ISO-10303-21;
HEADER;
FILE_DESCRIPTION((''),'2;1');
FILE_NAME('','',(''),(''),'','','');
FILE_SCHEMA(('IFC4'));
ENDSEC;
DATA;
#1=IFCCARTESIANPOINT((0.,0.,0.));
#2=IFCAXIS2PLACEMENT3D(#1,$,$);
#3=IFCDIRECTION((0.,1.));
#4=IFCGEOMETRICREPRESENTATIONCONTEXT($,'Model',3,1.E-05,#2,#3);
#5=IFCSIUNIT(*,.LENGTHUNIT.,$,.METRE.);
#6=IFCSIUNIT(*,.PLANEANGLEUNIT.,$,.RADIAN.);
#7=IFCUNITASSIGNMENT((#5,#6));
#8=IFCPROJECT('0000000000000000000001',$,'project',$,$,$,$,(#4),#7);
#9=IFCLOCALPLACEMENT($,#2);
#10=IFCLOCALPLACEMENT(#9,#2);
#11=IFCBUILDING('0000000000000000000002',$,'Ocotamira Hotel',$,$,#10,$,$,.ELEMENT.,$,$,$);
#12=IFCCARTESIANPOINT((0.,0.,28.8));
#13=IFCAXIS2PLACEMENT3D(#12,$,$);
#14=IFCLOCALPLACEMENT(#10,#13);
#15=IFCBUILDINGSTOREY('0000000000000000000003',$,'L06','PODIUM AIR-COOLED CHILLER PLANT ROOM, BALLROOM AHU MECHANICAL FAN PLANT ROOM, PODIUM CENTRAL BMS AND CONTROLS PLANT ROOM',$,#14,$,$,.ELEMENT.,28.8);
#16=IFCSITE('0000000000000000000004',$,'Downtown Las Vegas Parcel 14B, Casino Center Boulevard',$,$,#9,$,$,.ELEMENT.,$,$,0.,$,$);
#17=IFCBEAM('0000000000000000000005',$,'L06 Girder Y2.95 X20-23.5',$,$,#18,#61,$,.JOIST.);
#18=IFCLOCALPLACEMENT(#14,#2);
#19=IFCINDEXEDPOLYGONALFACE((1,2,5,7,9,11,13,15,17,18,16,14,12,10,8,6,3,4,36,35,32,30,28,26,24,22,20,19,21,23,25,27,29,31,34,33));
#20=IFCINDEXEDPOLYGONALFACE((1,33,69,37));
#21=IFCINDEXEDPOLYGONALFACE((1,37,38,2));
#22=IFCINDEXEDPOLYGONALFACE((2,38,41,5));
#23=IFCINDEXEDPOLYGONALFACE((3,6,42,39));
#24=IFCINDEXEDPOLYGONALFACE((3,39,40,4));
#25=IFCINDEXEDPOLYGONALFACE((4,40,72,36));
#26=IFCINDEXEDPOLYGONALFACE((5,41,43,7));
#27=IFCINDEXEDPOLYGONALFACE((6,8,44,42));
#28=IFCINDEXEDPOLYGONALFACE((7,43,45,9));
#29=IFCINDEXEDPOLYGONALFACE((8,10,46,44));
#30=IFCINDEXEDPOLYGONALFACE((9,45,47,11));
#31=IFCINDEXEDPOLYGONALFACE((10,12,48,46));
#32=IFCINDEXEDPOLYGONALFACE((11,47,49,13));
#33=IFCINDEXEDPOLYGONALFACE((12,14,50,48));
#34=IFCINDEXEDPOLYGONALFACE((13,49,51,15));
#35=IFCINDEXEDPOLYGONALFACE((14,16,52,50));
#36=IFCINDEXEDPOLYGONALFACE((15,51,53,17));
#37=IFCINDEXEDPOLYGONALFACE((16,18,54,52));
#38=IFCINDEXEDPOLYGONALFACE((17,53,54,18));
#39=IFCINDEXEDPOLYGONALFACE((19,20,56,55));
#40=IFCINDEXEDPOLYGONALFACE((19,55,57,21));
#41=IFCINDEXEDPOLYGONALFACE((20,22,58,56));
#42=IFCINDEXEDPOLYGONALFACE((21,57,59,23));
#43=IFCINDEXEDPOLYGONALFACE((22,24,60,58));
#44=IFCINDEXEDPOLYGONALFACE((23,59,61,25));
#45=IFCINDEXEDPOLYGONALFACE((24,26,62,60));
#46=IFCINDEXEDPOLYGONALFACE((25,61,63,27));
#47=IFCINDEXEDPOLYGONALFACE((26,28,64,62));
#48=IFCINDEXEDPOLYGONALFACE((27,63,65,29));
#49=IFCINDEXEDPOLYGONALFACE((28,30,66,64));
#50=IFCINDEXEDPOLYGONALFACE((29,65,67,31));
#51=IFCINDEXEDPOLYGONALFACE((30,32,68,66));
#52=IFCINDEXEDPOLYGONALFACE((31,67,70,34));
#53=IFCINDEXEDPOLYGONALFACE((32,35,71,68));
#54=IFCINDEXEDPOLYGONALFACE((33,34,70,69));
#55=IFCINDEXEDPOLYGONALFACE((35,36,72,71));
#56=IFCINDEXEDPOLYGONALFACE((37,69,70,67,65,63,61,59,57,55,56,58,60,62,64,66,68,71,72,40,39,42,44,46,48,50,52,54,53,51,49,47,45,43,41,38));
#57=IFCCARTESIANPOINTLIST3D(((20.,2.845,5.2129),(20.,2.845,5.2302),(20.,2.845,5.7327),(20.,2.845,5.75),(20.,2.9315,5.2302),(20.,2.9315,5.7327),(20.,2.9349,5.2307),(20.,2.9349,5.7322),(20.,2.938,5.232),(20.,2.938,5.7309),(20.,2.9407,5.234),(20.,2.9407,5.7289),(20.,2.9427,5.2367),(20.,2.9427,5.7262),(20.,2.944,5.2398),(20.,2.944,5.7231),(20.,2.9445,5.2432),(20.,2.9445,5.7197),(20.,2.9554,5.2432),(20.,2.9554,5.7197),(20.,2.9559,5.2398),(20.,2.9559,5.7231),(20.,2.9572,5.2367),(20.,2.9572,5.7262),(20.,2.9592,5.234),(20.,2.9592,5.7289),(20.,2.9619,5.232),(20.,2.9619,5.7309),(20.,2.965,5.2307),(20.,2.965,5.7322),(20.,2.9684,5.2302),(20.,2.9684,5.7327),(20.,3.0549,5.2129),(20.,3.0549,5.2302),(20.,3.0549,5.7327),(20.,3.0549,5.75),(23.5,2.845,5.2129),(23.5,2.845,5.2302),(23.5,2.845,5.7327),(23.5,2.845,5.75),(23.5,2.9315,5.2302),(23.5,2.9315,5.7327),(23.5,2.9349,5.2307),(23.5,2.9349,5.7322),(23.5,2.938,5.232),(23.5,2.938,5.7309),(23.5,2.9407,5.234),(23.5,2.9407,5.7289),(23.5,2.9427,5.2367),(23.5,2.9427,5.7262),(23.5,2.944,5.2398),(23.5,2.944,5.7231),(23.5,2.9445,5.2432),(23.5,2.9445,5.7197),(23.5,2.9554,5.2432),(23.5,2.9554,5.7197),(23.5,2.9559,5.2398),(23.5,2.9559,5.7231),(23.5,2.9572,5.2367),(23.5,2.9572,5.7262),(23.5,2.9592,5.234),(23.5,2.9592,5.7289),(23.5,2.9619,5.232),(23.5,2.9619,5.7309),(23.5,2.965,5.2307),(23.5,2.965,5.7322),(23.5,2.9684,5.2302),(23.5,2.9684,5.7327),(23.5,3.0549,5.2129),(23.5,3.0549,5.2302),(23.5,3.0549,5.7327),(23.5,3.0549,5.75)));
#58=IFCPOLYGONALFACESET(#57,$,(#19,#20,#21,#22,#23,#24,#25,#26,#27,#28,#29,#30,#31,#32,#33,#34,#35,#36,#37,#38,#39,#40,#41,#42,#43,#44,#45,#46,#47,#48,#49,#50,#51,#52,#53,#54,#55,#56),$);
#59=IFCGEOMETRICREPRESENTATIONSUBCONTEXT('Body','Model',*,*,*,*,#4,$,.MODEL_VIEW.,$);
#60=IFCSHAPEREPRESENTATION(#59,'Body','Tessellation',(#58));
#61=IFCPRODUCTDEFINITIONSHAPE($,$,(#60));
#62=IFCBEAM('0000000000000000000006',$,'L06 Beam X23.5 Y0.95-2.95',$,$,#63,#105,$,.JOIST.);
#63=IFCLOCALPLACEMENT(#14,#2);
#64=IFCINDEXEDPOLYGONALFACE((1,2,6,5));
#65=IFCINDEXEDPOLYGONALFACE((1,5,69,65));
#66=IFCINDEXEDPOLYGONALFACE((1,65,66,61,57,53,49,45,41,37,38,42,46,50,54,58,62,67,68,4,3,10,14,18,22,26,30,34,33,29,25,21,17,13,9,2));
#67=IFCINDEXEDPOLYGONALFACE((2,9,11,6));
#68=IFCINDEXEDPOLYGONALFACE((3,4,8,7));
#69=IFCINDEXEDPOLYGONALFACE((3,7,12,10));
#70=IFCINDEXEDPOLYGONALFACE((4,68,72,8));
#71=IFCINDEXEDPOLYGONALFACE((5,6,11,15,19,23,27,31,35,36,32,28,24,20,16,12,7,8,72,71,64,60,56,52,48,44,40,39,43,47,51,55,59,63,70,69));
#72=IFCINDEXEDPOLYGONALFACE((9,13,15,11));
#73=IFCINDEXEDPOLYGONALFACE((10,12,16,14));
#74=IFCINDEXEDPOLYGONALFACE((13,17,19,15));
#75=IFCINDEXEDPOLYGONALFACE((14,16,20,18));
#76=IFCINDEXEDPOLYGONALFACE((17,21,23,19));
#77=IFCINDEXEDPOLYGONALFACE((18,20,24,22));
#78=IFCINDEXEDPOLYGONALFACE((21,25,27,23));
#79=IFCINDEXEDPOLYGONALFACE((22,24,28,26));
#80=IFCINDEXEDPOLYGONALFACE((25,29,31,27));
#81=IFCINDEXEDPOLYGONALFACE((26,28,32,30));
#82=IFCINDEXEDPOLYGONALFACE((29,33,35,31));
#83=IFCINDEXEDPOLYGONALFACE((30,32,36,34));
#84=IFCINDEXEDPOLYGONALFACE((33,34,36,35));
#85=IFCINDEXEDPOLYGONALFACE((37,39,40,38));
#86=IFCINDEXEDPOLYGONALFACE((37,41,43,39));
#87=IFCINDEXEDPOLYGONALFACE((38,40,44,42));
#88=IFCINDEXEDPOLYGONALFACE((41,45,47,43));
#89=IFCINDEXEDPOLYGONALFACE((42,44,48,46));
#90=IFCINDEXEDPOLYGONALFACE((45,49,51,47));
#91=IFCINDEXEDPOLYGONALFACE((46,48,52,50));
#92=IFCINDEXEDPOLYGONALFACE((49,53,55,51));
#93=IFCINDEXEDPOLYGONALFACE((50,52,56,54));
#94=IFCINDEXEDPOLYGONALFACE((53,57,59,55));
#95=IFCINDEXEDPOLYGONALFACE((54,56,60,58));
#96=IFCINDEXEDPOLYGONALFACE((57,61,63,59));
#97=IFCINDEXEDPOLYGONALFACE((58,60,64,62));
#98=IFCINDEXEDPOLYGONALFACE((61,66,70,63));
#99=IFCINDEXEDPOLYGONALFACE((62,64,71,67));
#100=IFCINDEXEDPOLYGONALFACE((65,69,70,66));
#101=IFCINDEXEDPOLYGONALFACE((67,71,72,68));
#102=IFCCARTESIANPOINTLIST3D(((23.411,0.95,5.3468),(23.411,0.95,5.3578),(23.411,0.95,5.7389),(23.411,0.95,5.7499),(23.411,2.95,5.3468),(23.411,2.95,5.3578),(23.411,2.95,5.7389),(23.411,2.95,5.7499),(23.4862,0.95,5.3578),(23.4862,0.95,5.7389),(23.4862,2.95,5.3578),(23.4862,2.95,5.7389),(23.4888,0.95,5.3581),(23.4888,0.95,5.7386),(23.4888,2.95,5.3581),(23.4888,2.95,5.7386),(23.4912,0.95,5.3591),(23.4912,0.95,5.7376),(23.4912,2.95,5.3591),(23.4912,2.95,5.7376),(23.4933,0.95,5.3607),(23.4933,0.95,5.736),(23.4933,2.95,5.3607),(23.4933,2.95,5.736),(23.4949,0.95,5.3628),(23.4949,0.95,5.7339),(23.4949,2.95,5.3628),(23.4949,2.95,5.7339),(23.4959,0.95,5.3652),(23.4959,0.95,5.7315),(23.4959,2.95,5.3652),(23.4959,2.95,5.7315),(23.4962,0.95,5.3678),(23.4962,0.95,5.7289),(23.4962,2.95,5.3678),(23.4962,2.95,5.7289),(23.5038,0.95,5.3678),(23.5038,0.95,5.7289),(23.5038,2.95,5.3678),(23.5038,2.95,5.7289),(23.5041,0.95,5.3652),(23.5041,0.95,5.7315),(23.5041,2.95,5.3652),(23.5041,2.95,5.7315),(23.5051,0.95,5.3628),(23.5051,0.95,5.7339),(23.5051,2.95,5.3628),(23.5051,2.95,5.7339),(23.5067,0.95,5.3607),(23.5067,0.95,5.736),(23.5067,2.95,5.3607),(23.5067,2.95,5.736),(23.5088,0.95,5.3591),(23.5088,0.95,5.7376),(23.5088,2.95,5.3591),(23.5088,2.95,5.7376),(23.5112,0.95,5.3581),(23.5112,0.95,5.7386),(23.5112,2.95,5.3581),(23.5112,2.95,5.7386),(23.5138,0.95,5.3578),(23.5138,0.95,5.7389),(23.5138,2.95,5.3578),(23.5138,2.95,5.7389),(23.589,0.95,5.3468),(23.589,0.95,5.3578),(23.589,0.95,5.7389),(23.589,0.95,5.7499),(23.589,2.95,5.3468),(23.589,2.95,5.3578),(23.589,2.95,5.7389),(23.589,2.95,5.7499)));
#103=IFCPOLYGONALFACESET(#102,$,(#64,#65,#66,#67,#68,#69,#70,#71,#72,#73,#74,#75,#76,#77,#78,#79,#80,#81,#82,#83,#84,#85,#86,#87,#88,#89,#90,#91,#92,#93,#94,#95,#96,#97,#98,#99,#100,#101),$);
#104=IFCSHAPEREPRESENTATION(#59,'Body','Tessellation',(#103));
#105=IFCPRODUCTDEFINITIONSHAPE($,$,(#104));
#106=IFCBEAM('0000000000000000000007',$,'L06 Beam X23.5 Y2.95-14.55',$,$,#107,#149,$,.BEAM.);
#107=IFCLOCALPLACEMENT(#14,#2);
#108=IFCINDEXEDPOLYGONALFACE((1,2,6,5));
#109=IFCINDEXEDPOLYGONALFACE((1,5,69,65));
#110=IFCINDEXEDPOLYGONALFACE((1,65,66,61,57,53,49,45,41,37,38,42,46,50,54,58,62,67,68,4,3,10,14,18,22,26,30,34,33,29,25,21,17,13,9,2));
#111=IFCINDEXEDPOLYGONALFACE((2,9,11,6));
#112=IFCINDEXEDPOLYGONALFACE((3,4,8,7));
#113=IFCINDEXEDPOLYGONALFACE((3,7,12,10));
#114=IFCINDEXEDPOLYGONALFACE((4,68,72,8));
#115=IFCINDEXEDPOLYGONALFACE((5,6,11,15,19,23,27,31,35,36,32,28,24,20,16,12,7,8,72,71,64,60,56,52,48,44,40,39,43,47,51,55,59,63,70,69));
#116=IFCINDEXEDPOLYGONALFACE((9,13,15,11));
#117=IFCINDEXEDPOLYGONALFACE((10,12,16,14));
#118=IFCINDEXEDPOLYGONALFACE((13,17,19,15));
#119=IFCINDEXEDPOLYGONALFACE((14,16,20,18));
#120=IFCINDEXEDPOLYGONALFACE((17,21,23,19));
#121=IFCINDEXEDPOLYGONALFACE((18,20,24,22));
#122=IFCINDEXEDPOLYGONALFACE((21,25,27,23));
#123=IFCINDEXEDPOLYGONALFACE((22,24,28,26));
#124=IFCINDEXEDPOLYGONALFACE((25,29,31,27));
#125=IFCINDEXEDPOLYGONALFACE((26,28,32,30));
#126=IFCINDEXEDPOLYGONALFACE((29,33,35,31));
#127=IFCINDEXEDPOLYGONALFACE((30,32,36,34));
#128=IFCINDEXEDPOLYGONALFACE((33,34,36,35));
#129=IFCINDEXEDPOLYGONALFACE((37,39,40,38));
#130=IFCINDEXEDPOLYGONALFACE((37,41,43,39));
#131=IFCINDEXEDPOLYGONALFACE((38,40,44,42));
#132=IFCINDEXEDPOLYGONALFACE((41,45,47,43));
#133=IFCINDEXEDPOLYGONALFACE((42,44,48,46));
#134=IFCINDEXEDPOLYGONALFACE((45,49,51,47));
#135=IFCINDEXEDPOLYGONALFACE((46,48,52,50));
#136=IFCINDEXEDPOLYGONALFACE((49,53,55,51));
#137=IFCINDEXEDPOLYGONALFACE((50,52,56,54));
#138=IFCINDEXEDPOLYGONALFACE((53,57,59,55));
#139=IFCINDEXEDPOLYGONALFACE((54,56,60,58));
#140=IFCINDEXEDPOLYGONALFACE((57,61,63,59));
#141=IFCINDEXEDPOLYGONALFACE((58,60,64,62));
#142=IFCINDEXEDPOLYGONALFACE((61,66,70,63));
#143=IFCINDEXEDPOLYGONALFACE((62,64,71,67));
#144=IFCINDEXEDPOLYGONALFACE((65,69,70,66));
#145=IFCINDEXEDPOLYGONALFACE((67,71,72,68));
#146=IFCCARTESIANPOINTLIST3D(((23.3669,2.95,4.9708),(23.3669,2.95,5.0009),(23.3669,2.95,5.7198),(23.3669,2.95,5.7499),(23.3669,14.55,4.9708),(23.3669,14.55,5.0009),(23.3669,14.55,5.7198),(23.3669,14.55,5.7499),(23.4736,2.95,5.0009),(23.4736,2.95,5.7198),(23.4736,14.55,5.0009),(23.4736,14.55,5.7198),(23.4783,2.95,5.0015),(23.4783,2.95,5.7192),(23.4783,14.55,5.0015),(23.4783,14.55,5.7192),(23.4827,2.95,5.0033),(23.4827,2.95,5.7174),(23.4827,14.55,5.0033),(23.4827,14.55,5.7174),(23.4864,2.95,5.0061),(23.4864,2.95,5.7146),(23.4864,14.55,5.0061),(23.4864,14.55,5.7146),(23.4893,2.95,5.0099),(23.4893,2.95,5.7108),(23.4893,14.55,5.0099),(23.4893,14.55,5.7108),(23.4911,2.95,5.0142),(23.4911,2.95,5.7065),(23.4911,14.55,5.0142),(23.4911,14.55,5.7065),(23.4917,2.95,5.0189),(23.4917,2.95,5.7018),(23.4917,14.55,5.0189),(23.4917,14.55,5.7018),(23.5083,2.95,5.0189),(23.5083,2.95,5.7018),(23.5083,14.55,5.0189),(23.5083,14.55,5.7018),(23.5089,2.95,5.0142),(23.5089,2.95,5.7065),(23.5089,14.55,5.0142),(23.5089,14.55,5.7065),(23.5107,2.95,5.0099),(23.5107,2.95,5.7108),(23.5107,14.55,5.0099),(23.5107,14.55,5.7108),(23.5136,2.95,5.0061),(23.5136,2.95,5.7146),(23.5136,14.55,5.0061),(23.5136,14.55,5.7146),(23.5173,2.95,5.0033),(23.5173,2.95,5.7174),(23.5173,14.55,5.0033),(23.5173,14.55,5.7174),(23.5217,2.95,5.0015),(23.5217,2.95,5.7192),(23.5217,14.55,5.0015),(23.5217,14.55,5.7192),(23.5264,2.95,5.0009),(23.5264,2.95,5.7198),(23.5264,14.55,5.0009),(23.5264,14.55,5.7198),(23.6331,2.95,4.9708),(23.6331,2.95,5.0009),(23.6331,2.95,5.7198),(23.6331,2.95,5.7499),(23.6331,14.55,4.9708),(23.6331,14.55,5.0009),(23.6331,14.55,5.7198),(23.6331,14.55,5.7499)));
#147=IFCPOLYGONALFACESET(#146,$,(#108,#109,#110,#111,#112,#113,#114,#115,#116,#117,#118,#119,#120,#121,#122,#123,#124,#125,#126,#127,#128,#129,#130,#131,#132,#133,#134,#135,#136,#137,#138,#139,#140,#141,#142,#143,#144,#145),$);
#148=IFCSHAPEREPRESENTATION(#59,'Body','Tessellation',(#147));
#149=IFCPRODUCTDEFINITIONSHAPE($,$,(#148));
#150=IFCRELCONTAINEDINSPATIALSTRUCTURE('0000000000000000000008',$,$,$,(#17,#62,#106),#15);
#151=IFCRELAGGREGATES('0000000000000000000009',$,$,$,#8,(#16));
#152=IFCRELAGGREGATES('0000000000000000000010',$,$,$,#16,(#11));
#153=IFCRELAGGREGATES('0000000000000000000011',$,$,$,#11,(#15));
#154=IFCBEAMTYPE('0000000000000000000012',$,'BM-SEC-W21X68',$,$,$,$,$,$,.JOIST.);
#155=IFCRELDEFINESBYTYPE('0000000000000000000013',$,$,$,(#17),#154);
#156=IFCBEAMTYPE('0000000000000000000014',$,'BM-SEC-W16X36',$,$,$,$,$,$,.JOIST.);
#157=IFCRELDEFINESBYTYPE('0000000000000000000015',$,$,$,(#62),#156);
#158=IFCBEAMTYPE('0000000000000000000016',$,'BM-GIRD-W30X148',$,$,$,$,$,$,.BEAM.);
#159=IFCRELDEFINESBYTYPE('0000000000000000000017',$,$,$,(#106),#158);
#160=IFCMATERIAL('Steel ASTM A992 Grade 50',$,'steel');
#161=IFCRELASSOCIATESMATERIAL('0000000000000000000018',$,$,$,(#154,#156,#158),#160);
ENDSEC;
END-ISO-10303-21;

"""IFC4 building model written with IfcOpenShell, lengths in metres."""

from ifc_helpers import new_model, si_unit, direction, frame, origin, origin_2d, place, context, subcontext, project, spatial, i_section, extrude, source, transform, mapped, material, material_profile, profile_set, type_object, element, save


model = new_model("IFC4")

# Units and contexts
model_context = context("Model", 3, precision=1e-05, world=origin(), true_north=direction((0.0, 1.0)))
body_context = subcontext(model_context, "Body", "Model", "MODEL_VIEW")
ifc_project = project(units=[si_unit("LENGTHUNIT", "METRE"), si_unit("PLANEANGLEUNIT", "RADIAN")], contexts=[model_context])

# Site, building, storey
site_placement = place(None, origin())
site = spatial("IfcSite", under=ifc_project, at=site_placement, Name="Downtown Las Vegas Parcel 14B, Casino Center Boulevard", CompositionType="ELEMENT", RefElevation=0.0)
building_placement = place(site_placement, origin())
building = spatial("IfcBuilding", under=site, at=building_placement, Name="Ocotamira Hotel", CompositionType="ELEMENT")
storey_placement = place(building_placement, frame((0.0, 0.0, 28.8)))
storey = spatial("IfcBuildingStorey", under=building, at=storey_placement, Name="L06", Description="PODIUM AIR-COOLED CHILLER PLANT ROOM, BALLROOM AHU MECHANICAL FAN PLANT ROOM, PODIUM CENTRAL BMS AND CONTROLS PLANT ROOM", CompositionType="ELEMENT", Elevation=28.8)

# Beams
ifc_material_1 = material(Name="Steel ASTM A992 Grade 50", Category="steel")
ifc_material_profile_1 = material_profile(ifc_material_1, i_section(OverallWidth=0.21, OverallDepth=0.5371, WebThickness=0.011, FlangeThickness=0.0173, FilletRadius=0.0129, at=origin_2d()), Name="W21X68")
ifc_profile_set_1 = profile_set([ifc_material_profile_1], Name="Steel ASTM A992 Grade 50")
beam_type_1 = type_object("IfcBeamType", Name="BM-SEC-W21X68", PredefinedType="JOIST", material=ifc_profile_set_1)
shared_shape_1 = source(origin(), body_context, "Body", "SweptSolid", [
    extrude(i_section(OverallWidth=0.21, OverallDepth=0.5371, WebThickness=0.011, FlangeThickness=0.0173, FilletRadius=0.0129, at=origin_2d()), origin(), (0.0, 0.0, 1.0), 3.5),
])
beam_1_placement = place(storey_placement, frame((20.0, 2.95, 5.4814), z_axis=(1.0, 0.0, 0.0), x_axis=(0.0, 1.0, 0.0)))
element("IfcBeam", 1, at=beam_1_placement, inside=storey, type_object=beam_type_1, Name="L06 Girder Y2.95 X20-23.5", PredefinedType="JOIST", context=body_context, shape_type="MappedRepresentation", body=[
    mapped(shared_shape_1, transform((0.0, 0.0, 0.0), scale=1.0)),
])
ifc_material_profile_2 = material_profile(ifc_material_1, i_section(OverallWidth=0.178, OverallDepth=0.4031, WebThickness=0.0076, FlangeThickness=0.011, FilletRadius=0.01, at=origin_2d()), Name="W16X36")
ifc_profile_set_2 = profile_set([ifc_material_profile_2], Name="Steel ASTM A992 Grade 50")
beam_type_2 = type_object("IfcBeamType", Name="BM-SEC-W16X36", PredefinedType="JOIST", material=ifc_profile_set_2)
shared_shape_2 = source(origin(), body_context, "Body", "SweptSolid", [
    extrude(i_section(OverallWidth=0.178, OverallDepth=0.4031, WebThickness=0.0076, FlangeThickness=0.011, FilletRadius=0.01, at=origin_2d()), origin(), (0.0, 0.0, 1.0), 2.0),
])
beam_2_placement = place(storey_placement, frame((23.5, 0.95, 5.5483), z_axis=(0.0, 1.0, 0.0), x_axis=(-1.0, 0.0, 0.0)))
element("IfcBeam", 2, at=beam_2_placement, inside=storey, type_object=beam_type_2, Name="L06 Beam X23.5 Y0.95-2.95", PredefinedType="JOIST", context=body_context, shape_type="MappedRepresentation", body=[
    mapped(shared_shape_2, transform((0.0, 0.0, 0.0), scale=1.0)),
])
ifc_material_profile_3 = material_profile(ifc_material_1, i_section(OverallWidth=0.2661, OverallDepth=0.7791, WebThickness=0.0166, FlangeThickness=0.03, FilletRadius=0.0181, at=origin_2d()), Name="W30X148")
ifc_profile_set_3 = profile_set([ifc_material_profile_3], Name="Steel ASTM A992 Grade 50")
beam_type_3 = type_object("IfcBeamType", Name="BM-GIRD-W30X148", PredefinedType="BEAM", material=ifc_profile_set_3)
shared_shape_3 = source(origin(), body_context, "Body", "SweptSolid", [
    extrude(i_section(OverallWidth=0.2661, OverallDepth=0.7791, WebThickness=0.0166, FlangeThickness=0.03, FilletRadius=0.0181, at=origin_2d()), origin(), (0.0, 0.0, 1.0), 11.6001),
])
beam_3_placement = place(storey_placement, frame((23.5, 2.95, 5.3604), z_axis=(0.0, 1.0, 0.0), x_axis=(-1.0, 0.0, 0.0)))
element("IfcBeam", 3, at=beam_3_placement, inside=storey, type_object=beam_type_3, Name="L06 Beam X23.5 Y2.95-14.55", PredefinedType="BEAM", context=body_context, shape_type="MappedRepresentation", body=[
    mapped(shared_shape_3, transform((0.0, 0.0, 0.0), scale=1.0)),
])

save(model, "model.ifc")
